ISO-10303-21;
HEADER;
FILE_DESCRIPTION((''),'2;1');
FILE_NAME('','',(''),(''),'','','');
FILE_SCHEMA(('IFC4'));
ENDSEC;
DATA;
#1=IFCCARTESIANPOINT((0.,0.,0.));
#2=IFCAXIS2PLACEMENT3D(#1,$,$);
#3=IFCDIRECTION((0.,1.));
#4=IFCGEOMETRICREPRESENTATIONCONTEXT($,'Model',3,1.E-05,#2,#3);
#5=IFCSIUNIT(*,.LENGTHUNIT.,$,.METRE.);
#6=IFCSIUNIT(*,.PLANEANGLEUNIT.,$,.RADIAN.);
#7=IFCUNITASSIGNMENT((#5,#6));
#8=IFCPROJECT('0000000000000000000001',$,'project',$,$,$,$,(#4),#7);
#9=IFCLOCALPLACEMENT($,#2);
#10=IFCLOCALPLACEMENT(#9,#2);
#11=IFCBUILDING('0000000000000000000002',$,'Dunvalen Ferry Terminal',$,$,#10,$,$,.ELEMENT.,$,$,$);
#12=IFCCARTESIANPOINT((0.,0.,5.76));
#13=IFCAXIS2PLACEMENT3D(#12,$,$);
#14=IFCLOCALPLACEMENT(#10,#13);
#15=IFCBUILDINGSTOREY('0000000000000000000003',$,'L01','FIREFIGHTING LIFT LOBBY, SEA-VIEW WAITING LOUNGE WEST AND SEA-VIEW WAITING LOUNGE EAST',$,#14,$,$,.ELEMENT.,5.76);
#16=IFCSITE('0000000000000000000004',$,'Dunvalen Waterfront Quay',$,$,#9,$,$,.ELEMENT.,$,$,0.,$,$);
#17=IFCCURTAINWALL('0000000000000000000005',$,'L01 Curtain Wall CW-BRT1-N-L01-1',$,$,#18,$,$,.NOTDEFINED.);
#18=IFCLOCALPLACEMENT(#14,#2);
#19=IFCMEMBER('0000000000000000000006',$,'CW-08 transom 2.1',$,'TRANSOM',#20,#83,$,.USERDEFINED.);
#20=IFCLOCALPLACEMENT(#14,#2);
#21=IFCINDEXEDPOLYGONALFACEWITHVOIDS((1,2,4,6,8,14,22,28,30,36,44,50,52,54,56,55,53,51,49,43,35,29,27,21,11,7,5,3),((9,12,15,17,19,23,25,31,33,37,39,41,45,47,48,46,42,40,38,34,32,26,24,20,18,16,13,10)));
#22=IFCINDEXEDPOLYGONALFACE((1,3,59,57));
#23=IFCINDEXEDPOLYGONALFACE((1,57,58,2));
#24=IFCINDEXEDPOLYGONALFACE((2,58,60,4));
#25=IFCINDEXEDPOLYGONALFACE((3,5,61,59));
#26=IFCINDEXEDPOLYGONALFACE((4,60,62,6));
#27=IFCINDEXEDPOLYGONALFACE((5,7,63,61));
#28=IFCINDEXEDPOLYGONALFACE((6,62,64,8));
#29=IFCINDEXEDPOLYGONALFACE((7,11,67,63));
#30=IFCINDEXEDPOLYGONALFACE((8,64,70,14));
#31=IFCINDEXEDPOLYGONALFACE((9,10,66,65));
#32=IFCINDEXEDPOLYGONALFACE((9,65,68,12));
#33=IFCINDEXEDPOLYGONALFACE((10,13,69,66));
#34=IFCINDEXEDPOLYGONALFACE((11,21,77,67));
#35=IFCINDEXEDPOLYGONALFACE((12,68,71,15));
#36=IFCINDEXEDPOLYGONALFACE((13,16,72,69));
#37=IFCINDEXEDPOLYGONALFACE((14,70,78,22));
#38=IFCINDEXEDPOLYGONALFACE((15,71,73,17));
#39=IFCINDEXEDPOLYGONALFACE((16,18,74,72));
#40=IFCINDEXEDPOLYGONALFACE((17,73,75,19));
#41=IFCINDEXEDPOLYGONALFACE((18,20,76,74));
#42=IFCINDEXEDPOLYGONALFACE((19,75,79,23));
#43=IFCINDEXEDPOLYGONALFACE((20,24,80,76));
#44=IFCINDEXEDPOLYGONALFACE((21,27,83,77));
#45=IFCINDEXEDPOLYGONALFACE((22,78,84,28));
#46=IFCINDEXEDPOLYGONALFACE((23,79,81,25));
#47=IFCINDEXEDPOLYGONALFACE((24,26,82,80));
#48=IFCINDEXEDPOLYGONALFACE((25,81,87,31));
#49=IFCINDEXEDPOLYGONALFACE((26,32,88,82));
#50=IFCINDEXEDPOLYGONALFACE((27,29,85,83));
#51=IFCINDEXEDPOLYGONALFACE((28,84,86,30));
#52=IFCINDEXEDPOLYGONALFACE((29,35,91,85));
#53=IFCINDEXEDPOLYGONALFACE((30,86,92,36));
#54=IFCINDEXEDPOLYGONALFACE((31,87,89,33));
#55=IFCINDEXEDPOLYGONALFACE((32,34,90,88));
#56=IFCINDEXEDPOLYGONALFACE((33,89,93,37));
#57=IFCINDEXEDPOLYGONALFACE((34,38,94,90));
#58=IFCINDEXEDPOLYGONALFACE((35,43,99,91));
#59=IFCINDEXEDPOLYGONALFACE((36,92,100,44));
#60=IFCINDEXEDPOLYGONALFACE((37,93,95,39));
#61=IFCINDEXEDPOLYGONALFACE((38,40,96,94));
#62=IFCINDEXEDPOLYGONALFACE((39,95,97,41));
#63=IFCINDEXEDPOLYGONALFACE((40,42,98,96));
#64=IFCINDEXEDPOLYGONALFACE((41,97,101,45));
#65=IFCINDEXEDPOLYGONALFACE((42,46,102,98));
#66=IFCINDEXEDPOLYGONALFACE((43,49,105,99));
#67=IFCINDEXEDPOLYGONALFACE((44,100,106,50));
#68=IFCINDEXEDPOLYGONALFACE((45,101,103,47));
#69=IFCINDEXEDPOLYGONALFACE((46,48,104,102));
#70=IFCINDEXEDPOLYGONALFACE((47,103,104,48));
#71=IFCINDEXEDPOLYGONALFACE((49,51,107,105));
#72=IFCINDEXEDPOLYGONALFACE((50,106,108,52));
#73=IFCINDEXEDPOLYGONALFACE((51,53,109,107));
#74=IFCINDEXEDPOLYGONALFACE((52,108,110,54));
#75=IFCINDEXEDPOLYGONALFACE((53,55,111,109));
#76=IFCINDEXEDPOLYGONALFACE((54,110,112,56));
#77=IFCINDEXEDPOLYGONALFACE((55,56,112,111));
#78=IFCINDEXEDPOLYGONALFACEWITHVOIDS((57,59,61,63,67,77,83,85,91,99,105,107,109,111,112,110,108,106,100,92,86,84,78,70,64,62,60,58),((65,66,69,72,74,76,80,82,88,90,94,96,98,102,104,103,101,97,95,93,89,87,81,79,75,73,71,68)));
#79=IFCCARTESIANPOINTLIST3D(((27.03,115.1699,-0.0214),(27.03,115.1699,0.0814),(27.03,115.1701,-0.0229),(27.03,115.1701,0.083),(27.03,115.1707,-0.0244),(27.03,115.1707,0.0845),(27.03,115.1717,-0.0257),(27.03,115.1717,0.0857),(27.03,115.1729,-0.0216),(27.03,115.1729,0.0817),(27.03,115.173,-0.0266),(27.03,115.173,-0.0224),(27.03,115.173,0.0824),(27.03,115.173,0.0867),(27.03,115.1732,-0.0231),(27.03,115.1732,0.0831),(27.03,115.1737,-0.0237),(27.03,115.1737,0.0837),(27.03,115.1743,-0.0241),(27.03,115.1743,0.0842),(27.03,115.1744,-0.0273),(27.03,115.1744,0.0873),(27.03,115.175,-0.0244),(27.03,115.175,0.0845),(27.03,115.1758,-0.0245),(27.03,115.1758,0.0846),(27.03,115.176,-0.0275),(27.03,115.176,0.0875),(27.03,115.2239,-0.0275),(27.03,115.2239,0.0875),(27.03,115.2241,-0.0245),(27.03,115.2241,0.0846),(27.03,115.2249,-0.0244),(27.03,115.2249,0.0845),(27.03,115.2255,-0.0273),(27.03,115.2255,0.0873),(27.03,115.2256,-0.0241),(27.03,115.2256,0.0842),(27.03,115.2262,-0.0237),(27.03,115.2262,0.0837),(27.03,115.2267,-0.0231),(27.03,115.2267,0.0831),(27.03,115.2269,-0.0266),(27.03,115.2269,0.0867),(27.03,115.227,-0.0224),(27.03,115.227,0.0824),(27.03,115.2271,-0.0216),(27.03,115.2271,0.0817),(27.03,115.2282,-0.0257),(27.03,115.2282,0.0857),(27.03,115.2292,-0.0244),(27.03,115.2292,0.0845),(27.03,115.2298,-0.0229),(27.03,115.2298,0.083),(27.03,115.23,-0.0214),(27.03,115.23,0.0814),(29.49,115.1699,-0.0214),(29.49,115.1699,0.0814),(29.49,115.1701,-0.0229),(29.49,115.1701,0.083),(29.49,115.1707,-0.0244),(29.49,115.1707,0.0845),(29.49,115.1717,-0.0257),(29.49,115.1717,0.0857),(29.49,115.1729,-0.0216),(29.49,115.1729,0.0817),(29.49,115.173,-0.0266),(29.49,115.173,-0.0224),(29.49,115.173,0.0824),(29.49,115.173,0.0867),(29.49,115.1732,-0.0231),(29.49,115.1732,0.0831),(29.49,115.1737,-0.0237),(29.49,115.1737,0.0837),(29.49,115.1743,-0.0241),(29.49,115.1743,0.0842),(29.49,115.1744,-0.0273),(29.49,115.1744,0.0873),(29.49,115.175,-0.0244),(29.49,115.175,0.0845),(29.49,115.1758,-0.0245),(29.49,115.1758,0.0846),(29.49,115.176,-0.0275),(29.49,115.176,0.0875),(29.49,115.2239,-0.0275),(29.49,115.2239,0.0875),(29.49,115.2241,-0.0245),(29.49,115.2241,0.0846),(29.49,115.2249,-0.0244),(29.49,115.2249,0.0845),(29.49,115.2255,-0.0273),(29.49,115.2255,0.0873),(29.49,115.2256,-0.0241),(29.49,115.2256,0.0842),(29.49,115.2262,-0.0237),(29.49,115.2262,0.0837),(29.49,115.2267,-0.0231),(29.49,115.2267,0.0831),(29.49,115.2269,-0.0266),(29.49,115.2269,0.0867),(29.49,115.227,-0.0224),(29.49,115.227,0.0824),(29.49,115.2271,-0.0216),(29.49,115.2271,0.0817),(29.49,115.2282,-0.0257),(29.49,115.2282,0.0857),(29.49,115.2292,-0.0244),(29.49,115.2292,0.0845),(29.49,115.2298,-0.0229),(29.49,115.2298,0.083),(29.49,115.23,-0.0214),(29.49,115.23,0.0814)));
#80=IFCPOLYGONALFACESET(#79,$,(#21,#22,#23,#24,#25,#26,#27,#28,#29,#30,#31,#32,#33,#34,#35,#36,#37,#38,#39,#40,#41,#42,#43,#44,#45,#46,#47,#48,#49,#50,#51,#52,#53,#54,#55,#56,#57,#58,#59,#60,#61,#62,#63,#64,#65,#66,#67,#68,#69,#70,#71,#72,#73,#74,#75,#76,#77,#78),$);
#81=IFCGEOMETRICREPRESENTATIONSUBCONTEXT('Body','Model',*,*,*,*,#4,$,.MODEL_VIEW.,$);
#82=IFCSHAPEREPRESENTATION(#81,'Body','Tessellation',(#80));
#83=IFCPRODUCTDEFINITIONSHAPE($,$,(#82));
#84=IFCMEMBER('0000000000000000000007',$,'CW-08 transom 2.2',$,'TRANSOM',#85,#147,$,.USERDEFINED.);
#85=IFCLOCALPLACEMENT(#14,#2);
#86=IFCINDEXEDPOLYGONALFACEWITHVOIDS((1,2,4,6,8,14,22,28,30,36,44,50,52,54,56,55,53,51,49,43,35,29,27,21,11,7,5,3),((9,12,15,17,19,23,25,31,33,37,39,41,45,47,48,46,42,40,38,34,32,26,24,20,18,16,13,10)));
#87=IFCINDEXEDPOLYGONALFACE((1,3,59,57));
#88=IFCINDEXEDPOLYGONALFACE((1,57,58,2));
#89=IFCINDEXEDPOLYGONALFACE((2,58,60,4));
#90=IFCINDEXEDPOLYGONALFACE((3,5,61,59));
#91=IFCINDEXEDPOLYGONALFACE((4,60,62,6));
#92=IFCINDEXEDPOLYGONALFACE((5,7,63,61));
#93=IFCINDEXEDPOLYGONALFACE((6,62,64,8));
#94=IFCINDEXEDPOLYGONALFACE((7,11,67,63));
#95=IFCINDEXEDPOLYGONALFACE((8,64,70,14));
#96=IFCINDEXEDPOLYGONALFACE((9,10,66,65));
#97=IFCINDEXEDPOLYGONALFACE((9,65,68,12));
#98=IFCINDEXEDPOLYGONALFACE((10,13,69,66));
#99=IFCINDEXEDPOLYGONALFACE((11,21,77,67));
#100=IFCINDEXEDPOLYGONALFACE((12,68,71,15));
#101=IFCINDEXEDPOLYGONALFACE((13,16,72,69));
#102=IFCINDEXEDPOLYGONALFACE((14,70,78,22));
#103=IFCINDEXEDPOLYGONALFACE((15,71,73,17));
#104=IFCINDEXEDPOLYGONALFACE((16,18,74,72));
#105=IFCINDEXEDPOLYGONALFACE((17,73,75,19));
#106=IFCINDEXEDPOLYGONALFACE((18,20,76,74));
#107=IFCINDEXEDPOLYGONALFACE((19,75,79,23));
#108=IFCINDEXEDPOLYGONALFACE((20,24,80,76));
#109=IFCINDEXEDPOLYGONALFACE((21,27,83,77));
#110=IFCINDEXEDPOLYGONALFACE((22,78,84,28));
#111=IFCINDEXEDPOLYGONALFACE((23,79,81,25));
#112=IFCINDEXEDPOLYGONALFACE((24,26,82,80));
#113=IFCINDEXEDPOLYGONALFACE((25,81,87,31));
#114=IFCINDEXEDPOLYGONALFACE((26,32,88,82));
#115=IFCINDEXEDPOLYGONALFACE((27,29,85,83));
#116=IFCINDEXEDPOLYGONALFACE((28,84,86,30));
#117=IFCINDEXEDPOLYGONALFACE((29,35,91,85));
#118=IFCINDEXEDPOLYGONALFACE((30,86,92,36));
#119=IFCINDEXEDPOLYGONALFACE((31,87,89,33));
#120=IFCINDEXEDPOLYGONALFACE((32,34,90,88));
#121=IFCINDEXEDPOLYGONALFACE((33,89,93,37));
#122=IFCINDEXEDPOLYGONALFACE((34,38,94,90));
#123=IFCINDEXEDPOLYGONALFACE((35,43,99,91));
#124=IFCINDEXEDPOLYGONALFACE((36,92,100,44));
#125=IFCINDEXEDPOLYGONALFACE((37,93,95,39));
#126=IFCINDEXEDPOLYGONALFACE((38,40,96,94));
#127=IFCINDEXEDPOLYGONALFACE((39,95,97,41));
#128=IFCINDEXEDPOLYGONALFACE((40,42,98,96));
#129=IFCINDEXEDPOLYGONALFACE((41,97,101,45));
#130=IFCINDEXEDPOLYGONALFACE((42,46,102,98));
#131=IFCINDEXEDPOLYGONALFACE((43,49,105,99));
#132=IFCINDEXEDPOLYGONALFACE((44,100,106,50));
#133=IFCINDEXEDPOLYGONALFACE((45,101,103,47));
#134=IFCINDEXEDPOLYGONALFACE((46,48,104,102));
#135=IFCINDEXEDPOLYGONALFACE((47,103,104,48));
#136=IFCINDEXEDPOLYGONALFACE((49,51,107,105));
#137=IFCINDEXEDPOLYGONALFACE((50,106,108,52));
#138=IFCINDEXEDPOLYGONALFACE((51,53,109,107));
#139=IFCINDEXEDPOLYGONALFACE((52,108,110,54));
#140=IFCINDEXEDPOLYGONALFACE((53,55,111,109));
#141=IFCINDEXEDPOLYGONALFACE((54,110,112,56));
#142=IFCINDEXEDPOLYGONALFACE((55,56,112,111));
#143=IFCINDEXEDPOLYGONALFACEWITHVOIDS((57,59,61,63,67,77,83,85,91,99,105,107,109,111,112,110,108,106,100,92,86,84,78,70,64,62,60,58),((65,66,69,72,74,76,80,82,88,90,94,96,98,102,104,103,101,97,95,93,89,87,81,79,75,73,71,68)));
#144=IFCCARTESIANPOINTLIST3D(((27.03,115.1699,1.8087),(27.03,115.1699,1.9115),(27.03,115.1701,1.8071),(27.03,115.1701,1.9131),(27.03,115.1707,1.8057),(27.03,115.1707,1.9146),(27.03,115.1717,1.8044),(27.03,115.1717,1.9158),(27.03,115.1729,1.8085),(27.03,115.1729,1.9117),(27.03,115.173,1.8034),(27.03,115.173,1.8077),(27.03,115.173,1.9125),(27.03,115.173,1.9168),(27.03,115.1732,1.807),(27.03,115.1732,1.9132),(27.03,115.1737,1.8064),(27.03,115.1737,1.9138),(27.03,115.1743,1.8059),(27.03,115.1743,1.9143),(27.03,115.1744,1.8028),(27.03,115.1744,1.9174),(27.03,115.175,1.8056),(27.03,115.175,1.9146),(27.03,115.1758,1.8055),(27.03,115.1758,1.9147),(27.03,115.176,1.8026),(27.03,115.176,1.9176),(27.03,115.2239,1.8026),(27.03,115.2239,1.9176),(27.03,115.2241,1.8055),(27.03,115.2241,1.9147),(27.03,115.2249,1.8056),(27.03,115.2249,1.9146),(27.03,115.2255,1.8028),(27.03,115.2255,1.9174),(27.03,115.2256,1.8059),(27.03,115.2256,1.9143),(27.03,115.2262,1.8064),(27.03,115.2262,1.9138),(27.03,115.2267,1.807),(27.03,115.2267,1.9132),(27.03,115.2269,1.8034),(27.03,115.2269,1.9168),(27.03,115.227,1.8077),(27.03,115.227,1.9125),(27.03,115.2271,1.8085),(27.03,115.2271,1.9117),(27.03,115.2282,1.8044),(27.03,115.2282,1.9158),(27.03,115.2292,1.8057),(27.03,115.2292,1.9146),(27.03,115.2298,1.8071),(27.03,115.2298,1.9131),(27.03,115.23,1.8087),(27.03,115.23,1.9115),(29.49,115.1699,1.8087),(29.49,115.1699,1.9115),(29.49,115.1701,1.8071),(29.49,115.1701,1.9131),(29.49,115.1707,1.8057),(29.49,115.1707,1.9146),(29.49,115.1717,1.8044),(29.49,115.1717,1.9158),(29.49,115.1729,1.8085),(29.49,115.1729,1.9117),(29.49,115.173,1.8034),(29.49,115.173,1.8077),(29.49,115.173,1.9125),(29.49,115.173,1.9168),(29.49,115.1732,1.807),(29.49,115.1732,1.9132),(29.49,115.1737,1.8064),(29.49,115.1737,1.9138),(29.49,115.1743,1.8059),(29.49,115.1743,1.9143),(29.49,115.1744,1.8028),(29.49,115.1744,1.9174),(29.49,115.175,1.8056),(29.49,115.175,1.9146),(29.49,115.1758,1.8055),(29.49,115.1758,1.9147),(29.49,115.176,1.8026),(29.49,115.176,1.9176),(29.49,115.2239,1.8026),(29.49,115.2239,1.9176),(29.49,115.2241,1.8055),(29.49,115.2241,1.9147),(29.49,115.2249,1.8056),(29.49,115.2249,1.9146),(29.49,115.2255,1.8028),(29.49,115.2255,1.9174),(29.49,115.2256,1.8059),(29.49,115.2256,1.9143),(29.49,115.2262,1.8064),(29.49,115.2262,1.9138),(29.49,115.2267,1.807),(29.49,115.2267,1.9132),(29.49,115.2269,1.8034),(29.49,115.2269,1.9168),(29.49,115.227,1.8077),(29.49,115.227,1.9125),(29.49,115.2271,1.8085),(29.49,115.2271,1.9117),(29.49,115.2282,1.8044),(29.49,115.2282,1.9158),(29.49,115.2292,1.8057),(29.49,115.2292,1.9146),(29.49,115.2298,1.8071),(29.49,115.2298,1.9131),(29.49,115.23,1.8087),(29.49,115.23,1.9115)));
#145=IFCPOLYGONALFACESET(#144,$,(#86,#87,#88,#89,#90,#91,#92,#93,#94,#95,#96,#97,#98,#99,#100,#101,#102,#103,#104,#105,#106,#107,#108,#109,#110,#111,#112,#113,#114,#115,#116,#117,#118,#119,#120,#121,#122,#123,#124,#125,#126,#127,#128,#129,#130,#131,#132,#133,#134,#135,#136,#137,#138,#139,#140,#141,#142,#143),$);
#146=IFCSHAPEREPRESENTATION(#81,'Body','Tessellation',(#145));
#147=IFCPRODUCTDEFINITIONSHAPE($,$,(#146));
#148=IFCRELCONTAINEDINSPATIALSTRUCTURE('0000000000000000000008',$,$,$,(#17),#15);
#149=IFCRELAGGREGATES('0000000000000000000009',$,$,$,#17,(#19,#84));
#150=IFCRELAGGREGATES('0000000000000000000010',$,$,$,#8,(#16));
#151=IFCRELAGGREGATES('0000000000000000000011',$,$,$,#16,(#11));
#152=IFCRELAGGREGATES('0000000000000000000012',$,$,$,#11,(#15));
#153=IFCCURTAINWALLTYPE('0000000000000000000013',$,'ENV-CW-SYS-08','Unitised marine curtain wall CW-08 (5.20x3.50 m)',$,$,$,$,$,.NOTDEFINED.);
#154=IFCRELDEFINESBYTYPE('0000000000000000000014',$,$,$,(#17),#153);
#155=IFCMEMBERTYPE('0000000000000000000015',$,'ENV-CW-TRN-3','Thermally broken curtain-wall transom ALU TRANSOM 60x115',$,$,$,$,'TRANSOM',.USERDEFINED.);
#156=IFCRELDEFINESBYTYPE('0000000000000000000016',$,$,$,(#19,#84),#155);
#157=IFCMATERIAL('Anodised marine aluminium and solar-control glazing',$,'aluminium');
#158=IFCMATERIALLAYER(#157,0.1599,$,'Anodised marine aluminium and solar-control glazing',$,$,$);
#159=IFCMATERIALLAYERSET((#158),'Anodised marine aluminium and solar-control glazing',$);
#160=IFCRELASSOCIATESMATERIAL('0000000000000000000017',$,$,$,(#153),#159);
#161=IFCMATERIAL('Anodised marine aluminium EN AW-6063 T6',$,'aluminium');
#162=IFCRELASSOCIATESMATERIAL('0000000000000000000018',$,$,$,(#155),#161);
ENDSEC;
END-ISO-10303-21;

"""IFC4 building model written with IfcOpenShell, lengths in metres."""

from ifc_helpers import new_model, si_unit, direction, frame, origin, origin_2d, place, context, subcontext, project, spatial, hollow_rectangle, extrude, material, layer, layer_set, material_profile, profile_set, type_object, element, aggregate, save


model = new_model("IFC4")

# Units and contexts
model_context = context("Model", 3, precision=1e-05, world=origin(), true_north=direction((0.0, 1.0)))
body_context = subcontext(model_context, "Body", "Model", "MODEL_VIEW")
ifc_project = project(units=[si_unit("LENGTHUNIT", "METRE"), si_unit("PLANEANGLEUNIT", "RADIAN")], contexts=[model_context])

# Site, building, storey
site_placement = place(None, origin())
site = spatial("IfcSite", under=ifc_project, at=site_placement, Name="Dunvalen Waterfront Quay", CompositionType="ELEMENT", RefElevation=0.0)
building_placement = place(site_placement, origin())
building = spatial("IfcBuilding", under=site, at=building_placement, Name="Dunvalen Ferry Terminal", CompositionType="ELEMENT")
storey_placement = place(building_placement, frame((0.0, 0.0, 5.76)))
storey = spatial("IfcBuildingStorey", under=building, at=storey_placement, Name="L01", Description="FIREFIGHTING LIFT LOBBY, SEA-VIEW WAITING LOUNGE WEST AND SEA-VIEW WAITING LOUNGE EAST", CompositionType="ELEMENT", Elevation=5.76)

# Curtain wall
ifc_material_1 = material(Name="Anodised marine aluminium and solar-control glazing", Category="aluminium")
ifc_layer_1 = layer(ifc_material_1, 0.1599, Name="Anodised marine aluminium and solar-control glazing")
ifc_layer_set_1 = layer_set([ifc_layer_1], Name="Anodised marine aluminium and solar-control glazing")
curtain_wall_type = type_object("IfcCurtainWallType", Name="ENV-CW-SYS-08", Description="Unitised marine curtain wall CW-08 (5.20x3.50 m)", PredefinedType="NOTDEFINED", material=ifc_layer_set_1)
curtain_wall_1_placement = place(storey_placement, origin())
curtain_wall_1 = element("IfcCurtainWall", 1, at=curtain_wall_1_placement, inside=storey, type_object=curtain_wall_type, Name="L01 Curtain Wall CW-BRT1-N-L01-1", PredefinedType="NOTDEFINED")
ifc_material_2 = material(Name="Anodised marine aluminium EN AW-6063 T6", Category="aluminium")

# Members
ifc_material_profile_1 = material_profile(ifc_material_2, hollow_rectangle(XDim=0.0601, YDim=0.115, WallThickness=0.0029, InnerFilletRadius=0.0029, OuterFilletRadius=0.0061, at=origin_2d()), Name="Anodised marine aluminium EN AW-6063 T6")
ifc_profile_set_1 = profile_set([ifc_material_profile_1], Name="Anodised marine aluminium EN AW-6063 T6")
member_type_1 = type_object("IfcMemberType", Name="ENV-CW-TRN-3", Description="Thermally broken curtain-wall transom ALU TRANSOM 60x115", ElementType="TRANSOM", PredefinedType="USERDEFINED", material=ifc_profile_set_1)
member_1_placement = place(storey_placement, frame((27.03, 115.2, 0.03), z_axis=(1.0, 0.0, 0.0), x_axis=(0.0, 1.0, 0.0)))
member_1 = element("IfcMember", 2, at=member_1_placement, type_object=member_type_1, Name="CW-08 transom 2.1", ObjectType="TRANSOM", PredefinedType="USERDEFINED", context=body_context, shape_type="SweptSolid", body=[
    extrude(hollow_rectangle(XDim=0.0601, YDim=0.115, WallThickness=0.0029, InnerFilletRadius=0.0029, OuterFilletRadius=0.0061, at=origin_2d()), origin(), (0.0, 0.0, 1.0), 2.46),
])
member_2_placement = place(storey_placement, frame((27.03, 115.2, 1.8601), z_axis=(1.0, 0.0, 0.0), x_axis=(0.0, 1.0, 0.0)))
member_2 = element("IfcMember", 3, at=member_2_placement, type_object=member_type_1, Name="CW-08 transom 2.2", ObjectType="TRANSOM", PredefinedType="USERDEFINED", context=body_context, shape_type="SweptSolid", body=[
    extrude(hollow_rectangle(XDim=0.0601, YDim=0.115, WallThickness=0.0029, InnerFilletRadius=0.0029, OuterFilletRadius=0.0061, at=origin_2d()), origin(), (0.0, 0.0, 1.0), 2.46),
])

aggregate(curtain_wall_1, [member_1, member_2])

save(model, "model.ifc")
